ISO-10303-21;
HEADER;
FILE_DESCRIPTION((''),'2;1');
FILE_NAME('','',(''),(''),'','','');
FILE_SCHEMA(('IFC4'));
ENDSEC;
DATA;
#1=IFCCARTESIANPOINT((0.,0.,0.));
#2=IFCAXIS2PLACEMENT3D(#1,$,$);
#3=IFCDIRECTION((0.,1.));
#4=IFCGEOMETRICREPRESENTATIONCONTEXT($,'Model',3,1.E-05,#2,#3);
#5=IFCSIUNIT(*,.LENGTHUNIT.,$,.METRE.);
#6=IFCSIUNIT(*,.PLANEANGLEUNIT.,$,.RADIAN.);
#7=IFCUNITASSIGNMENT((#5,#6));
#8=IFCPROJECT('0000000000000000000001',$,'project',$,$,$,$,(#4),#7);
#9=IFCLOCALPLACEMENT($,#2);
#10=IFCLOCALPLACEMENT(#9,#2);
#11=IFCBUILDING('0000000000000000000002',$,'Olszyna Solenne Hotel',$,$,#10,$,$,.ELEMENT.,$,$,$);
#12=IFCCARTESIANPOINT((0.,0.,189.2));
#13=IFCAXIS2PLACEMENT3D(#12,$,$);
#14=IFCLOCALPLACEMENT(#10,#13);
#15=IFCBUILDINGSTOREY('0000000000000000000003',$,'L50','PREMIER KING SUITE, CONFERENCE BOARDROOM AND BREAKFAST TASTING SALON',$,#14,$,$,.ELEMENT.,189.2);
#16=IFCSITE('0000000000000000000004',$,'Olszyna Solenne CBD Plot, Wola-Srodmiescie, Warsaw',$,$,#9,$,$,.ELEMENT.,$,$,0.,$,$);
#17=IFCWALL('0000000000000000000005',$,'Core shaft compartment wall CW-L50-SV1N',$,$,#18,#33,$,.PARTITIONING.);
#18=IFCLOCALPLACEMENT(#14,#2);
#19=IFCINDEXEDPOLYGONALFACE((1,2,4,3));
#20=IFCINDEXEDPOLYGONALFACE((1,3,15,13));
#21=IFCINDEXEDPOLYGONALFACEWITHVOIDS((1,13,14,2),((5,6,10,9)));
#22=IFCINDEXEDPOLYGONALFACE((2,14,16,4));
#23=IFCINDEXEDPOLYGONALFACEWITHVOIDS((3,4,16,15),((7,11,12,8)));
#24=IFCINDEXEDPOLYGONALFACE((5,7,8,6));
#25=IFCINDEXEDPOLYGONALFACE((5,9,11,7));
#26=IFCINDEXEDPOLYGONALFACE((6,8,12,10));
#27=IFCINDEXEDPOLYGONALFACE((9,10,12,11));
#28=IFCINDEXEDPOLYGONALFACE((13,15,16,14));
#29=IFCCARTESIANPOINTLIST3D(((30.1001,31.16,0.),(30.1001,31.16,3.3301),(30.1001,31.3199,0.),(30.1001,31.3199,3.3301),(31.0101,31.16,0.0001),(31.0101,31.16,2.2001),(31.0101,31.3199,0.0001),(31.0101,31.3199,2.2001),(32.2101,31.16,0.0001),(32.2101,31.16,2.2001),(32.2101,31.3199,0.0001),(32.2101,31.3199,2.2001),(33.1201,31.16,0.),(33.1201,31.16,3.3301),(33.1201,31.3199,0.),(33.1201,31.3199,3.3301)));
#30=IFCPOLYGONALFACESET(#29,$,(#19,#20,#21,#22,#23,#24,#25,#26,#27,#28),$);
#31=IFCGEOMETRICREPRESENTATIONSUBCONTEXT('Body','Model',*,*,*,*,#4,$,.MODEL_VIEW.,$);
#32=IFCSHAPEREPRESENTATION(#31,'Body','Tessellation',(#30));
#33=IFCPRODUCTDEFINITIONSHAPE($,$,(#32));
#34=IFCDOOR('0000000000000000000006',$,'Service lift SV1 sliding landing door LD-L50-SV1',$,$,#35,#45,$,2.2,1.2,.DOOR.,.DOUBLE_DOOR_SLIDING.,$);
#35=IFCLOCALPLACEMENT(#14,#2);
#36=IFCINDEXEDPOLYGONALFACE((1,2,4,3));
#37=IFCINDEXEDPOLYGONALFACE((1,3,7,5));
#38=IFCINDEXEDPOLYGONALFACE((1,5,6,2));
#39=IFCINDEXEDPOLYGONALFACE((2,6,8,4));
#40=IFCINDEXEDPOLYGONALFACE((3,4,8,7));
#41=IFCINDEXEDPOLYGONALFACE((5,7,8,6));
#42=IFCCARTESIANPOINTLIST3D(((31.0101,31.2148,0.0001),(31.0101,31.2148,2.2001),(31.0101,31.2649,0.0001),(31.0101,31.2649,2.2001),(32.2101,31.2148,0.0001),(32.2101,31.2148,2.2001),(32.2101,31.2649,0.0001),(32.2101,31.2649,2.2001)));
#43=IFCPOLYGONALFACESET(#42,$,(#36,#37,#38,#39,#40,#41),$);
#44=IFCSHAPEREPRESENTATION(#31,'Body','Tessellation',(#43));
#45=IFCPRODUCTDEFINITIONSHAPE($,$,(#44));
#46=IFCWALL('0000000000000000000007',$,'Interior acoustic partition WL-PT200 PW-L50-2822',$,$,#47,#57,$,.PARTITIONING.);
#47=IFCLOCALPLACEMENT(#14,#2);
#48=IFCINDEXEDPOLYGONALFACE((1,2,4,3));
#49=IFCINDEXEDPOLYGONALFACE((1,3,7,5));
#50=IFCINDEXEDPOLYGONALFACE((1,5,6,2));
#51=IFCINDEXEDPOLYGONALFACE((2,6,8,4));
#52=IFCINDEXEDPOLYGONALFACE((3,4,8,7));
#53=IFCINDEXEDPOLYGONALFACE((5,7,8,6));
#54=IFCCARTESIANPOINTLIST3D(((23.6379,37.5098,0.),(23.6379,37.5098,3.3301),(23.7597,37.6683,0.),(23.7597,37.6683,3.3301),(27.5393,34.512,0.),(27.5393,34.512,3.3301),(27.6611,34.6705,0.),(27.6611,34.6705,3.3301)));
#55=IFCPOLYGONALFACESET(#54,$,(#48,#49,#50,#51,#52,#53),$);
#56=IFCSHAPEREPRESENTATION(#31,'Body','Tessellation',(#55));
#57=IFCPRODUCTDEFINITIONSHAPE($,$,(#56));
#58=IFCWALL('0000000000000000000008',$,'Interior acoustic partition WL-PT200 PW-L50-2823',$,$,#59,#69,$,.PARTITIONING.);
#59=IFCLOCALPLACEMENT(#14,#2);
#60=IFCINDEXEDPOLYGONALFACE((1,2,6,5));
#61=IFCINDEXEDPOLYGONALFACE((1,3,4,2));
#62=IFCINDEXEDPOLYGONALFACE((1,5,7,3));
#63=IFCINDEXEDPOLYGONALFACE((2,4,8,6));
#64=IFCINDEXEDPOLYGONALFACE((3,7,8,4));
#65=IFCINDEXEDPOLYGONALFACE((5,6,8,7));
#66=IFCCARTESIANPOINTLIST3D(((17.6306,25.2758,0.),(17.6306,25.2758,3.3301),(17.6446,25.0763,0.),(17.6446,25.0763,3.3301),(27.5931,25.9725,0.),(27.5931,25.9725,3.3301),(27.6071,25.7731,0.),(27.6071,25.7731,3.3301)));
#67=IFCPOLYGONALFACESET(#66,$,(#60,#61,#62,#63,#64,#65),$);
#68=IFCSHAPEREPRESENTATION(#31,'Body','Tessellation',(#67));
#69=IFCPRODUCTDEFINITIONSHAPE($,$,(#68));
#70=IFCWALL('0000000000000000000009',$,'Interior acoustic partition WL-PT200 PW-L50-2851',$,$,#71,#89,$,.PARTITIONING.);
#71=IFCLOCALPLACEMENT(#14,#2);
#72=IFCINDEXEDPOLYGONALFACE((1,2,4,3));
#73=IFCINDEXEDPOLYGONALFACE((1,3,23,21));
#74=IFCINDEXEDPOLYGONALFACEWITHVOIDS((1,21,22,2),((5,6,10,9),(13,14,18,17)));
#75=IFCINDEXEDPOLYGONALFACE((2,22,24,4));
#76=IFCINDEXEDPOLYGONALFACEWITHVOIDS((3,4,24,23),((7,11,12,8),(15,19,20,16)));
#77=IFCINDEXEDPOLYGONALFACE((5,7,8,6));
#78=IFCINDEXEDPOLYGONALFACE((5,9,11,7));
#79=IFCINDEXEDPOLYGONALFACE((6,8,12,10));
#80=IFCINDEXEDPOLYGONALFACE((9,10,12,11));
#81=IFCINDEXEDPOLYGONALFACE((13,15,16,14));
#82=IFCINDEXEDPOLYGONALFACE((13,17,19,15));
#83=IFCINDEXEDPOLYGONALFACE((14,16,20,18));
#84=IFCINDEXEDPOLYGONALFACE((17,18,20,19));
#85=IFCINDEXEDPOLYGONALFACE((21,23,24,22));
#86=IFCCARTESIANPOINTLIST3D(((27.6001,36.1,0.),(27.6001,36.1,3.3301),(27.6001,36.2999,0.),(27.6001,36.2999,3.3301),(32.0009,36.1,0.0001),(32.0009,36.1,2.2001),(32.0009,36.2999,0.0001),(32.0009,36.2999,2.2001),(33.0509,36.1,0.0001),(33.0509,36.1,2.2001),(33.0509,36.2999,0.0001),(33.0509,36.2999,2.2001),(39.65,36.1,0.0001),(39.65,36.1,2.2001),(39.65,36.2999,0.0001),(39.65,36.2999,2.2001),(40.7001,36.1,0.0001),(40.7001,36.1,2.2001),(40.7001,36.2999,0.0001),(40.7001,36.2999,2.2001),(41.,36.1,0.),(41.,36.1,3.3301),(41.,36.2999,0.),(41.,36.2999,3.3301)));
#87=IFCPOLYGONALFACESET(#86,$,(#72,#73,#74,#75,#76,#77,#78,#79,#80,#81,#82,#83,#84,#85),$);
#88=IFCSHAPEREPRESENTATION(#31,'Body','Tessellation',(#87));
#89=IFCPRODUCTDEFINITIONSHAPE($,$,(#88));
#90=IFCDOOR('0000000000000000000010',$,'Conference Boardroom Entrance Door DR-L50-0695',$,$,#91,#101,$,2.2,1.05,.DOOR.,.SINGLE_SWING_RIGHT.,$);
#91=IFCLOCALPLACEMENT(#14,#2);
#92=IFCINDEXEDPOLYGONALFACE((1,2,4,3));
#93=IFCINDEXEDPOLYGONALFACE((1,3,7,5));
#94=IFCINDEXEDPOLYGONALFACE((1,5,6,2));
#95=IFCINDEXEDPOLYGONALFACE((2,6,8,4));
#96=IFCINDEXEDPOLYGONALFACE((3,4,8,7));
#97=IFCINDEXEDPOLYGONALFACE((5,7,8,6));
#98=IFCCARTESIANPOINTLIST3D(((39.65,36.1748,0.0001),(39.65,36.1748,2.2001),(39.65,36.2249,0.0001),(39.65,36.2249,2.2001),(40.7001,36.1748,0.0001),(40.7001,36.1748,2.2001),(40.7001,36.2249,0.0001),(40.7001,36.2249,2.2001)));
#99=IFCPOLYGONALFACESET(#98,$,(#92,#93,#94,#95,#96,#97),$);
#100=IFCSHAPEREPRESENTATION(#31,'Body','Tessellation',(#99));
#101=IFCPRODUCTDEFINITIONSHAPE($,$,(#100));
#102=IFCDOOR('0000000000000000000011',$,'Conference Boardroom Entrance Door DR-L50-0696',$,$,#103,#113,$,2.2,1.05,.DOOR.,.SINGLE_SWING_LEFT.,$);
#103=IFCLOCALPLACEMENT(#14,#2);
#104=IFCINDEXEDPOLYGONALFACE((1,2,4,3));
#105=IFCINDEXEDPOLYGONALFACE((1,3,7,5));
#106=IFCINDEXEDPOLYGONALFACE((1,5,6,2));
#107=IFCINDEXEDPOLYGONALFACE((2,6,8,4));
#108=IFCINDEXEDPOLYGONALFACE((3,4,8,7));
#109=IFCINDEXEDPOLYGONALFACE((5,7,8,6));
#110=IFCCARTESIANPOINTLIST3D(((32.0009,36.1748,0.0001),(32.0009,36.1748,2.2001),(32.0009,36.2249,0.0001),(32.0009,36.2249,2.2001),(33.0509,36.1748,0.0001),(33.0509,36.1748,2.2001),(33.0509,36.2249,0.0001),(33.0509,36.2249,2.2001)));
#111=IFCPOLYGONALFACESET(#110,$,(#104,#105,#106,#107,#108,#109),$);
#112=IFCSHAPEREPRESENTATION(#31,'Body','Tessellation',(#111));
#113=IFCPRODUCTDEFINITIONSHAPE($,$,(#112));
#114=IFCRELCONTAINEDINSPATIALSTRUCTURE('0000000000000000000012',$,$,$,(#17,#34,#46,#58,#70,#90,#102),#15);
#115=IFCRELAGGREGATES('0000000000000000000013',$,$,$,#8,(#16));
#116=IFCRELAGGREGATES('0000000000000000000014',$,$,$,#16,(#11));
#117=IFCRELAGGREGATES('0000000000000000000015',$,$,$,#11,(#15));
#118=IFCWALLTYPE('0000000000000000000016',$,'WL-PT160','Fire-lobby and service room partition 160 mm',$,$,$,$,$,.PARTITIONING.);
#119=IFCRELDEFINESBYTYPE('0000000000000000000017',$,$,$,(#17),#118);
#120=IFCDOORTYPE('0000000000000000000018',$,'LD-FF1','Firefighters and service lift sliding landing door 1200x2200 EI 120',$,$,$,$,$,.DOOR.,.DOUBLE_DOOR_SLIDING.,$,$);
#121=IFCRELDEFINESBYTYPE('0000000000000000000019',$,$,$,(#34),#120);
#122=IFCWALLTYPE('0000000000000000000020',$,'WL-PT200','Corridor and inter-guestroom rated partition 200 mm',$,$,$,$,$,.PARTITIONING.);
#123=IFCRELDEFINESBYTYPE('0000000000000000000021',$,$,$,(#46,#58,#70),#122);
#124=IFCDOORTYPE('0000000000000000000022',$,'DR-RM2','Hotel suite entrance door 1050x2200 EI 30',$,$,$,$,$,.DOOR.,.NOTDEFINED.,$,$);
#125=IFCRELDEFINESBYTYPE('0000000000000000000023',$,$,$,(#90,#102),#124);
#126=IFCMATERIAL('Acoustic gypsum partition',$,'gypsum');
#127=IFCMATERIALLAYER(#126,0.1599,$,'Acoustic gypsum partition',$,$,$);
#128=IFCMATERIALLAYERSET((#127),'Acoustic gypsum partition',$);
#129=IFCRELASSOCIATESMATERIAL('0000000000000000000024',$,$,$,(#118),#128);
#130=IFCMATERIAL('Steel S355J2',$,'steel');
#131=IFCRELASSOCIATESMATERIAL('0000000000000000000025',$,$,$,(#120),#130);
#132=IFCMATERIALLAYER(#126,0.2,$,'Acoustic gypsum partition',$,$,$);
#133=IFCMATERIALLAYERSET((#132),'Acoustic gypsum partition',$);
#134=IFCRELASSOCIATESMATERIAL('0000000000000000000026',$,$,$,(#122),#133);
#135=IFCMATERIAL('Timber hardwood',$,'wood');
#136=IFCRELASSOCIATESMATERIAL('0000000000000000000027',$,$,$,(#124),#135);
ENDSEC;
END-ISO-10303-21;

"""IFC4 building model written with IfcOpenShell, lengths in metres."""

from ifc_helpers import new_model, si_unit, direction, frame, frame_2d, origin, place, context, subcontext, project, spatial, rectangle, extrude, source, transform, mapped, material, layer, layer_set, type_object, type_shapes, element, fill, save


model = new_model("IFC4")

# Units and contexts
model_context = context("Model", 3, precision=1e-05, world=origin(), true_north=direction((0.0, 1.0)))
body_context = subcontext(model_context, "Body", "Model", "MODEL_VIEW")
ifc_project = project(units=[si_unit("LENGTHUNIT", "METRE"), si_unit("PLANEANGLEUNIT", "RADIAN")], contexts=[model_context])

# Site, building, storey
site_placement = place(None, origin())
site = spatial("IfcSite", under=ifc_project, at=site_placement, Name="Olszyna Solenne CBD Plot, Wola-Srodmiescie, Warsaw", CompositionType="ELEMENT", RefElevation=0.0)
building_placement = place(site_placement, origin())
building = spatial("IfcBuilding", under=site, at=building_placement, Name="Olszyna Solenne Hotel", CompositionType="ELEMENT")
storey_placement = place(building_placement, frame((0.0, 0.0, 189.2)))
storey = spatial("IfcBuildingStorey", under=building, at=storey_placement, Name="L50", Description="PREMIER KING SUITE, CONFERENCE BOARDROOM AND BREAKFAST TASTING SALON", CompositionType="ELEMENT", Elevation=189.2)

# Shared definitions
ifc_material_1 = material(Name="Steel S355J2", Category="steel")

# Shared definitions
ifc_material_2 = material(Name="Acoustic gypsum partition", Category="gypsum")
ifc_layer_1 = layer(ifc_material_2, 0.1599, Name="Acoustic gypsum partition")
ifc_layer_set_1 = layer_set([ifc_layer_1], Name="Acoustic gypsum partition")
wall_type_1 = type_object("IfcWallType", Name="WL-PT160", Description="Fire-lobby and service room partition 160 mm", PredefinedType="PARTITIONING", material=ifc_layer_set_1)

# Wall, opening, door
wall_1_placement = place(storey_placement, frame((30.1001, 31.24, 0.0), z_axis=(0.0, 0.0, 1.0), x_axis=(1.0, 0.0, 0.0)))
wall_1 = element("IfcWall", 1, at=wall_1_placement, inside=storey, type_object=wall_type_1, Name="Core shaft compartment wall CW-L50-SV1N", PredefinedType="PARTITIONING", context=body_context, shape_type="SweptSolid", body=[
    extrude(rectangle(XDim=3.02, YDim=0.1599, at=frame_2d((1.51, 0.0))), origin(), (0.0, 0.0, 1.0), 3.3301),
])
opening_1_placement = place(wall_1_placement, frame((0.9099, 0.0, 0.0)))
opening_1 = element("IfcOpeningElement", 2, at=opening_1_placement, cuts=wall_1, PredefinedType="OPENING", context=body_context, shape_type="SweptSolid", body=[
    extrude(rectangle(XDim=1.2, YDim=2.2, at=frame_2d((0.6001, 1.1001))), frame((0.0, 0.0898, 0.0), z_axis=(0.0, -1.0, 0.0), x_axis=(1.0, 0.0, 0.0)), (0.0, 0.0, 1.0), 0.1799),
])
door_type_1 = type_object("IfcDoorType", Name="LD-FF1", Description="Firefighters and service lift sliding landing door 1200x2200 EI 120", OperationType="DOUBLE_DOOR_SLIDING", PredefinedType="DOOR", material=ifc_material_1)
shared_shape_1 = source(origin(), body_context, "Body", "SweptSolid", [
    extrude(rectangle(XDim=1.2, YDim=2.2, at=frame_2d((0.6001, 1.1001))), frame((0.0, 0.0249, 0.0), z_axis=(0.0, -1.0, 0.0), x_axis=(1.0, 0.0, 0.0)), (0.0, 0.0, 1.0), 0.05),
])
type_shapes(door_type_1, [shared_shape_1])
door_1_placement = place(opening_1_placement, origin())
door_1 = element("IfcDoor", 3, at=door_1_placement, inside=storey, type_object=door_type_1, Name="Service lift SV1 sliding landing door LD-L50-SV1", OperationType="DOUBLE_DOOR_SLIDING", OverallHeight=2.2, OverallWidth=1.2, PredefinedType="DOOR", context=body_context, shape_type="MappedRepresentation", body=[
    mapped(shared_shape_1, transform((0.0, 0.0, 0.0), x_axis=(1.0, 0.0, 0.0), y_axis=(0.0, 1.0, 0.0), z_axis=(0.0, 0.0, 1.0), scale=1.0)),
])
fill(opening_1, door_1)

# Walls
ifc_layer_2 = layer(ifc_material_2, 0.2, Name="Acoustic gypsum partition")
ifc_layer_set_2 = layer_set([ifc_layer_2], Name="Acoustic gypsum partition")
wall_type_2 = type_object("IfcWallType", Name="WL-PT200", Description="Corridor and inter-guestroom rated partition 200 mm", PredefinedType="PARTITIONING", material=ifc_layer_set_2)
wall_2_placement = place(storey_placement, frame((27.6001, 34.5913, 0.0), z_axis=(0.0, 0.0, 1.0), x_axis=(-0.792943, 0.609296, 0.0)))
element("IfcWall", 4, at=wall_2_placement, inside=storey, type_object=wall_type_2, Name="Interior acoustic partition WL-PT200 PW-L50-2822", PredefinedType="PARTITIONING", context=body_context, shape_type="SweptSolid", body=[
    extrude(rectangle(XDim=4.9202, YDim=0.2, at=frame_2d((2.46, 0.0))), origin(), (0.0, 0.0, 1.0), 3.3301),
])
wall_3_placement = place(storey_placement, frame((27.6001, 25.8728, 0.0), z_axis=(0.0, 0.0, 1.0), x_axis=(-0.997563, -0.06977, 0.0)))
element("IfcWall", 5, at=wall_3_placement, inside=storey, type_object=wall_type_2, Name="Interior acoustic partition WL-PT200 PW-L50-2823", PredefinedType="PARTITIONING", context=body_context, shape_type="SweptSolid", body=[
    extrude(rectangle(XDim=9.9868, YDim=0.2, at=frame_2d((4.9934, 0.0))), origin(), (0.0, 0.0, 1.0), 3.3301),
])

# Wall, openings, doors
wall_4_placement = place(storey_placement, frame((27.6001, 36.2, 0.0), z_axis=(0.0, 0.0, 1.0), x_axis=(1.0, 0.0, 0.0)))
wall_4 = element("IfcWall", 6, at=wall_4_placement, inside=storey, type_object=wall_type_2, Name="Interior acoustic partition WL-PT200 PW-L50-2851", PredefinedType="PARTITIONING", context=body_context, shape_type="SweptSolid", body=[
    extrude(rectangle(XDim=13.3999, YDim=0.2, at=frame_2d((6.7, 0.0))), origin(), (0.0, 0.0, 1.0), 3.3301),
])
opening_2_placement = place(wall_4_placement, frame((12.05, 0.0, 0.0)))
opening_2 = element("IfcOpeningElement", 7, at=opening_2_placement, cuts=wall_4, PredefinedType="OPENING", context=body_context, shape_type="SweptSolid", body=[
    extrude(rectangle(XDim=1.05, YDim=2.2, at=frame_2d((0.5249, 1.1001))), frame((0.0, 0.1099, 0.0), z_axis=(0.0, -1.0, 0.0), x_axis=(1.0, 0.0, 0.0)), (0.0, 0.0, 1.0), 0.22),
])
opening_3_placement = place(wall_4_placement, frame((4.4009, 0.0, 0.0)))
opening_3 = element("IfcOpeningElement", 8, at=opening_3_placement, cuts=wall_4, PredefinedType="OPENING", context=body_context, shape_type="SweptSolid", body=[
    extrude(rectangle(XDim=1.05, YDim=2.2, at=frame_2d((0.5249, 1.1001))), frame((0.0, 0.1099, 0.0), z_axis=(0.0, -1.0, 0.0), x_axis=(1.0, 0.0, 0.0)), (0.0, 0.0, 1.0), 0.22),
])
ifc_material_3 = material(Name="Timber hardwood", Category="wood")
door_type_2 = type_object("IfcDoorType", Name="DR-RM2", Description="Hotel suite entrance door 1050x2200 EI 30", OperationType="NOTDEFINED", PredefinedType="DOOR", material=ifc_material_3)
shared_shape_2 = source(origin(), body_context, "Body", "SweptSolid", [
    extrude(rectangle(XDim=1.05, YDim=2.2, at=frame_2d((0.5249, 1.1001))), frame((0.0, 0.0249, 0.0), z_axis=(0.0, -1.0, 0.0), x_axis=(1.0, 0.0, 0.0)), (0.0, 0.0, 1.0), 0.05),
])
type_shapes(door_type_2, [shared_shape_2])
door_2_placement = place(opening_2_placement, origin())
door_2 = element("IfcDoor", 9, at=door_2_placement, inside=storey, type_object=door_type_2, Name="Conference Boardroom Entrance Door DR-L50-0695", OperationType="SINGLE_SWING_RIGHT", OverallHeight=2.2, OverallWidth=1.05, PredefinedType="DOOR", context=body_context, shape_type="MappedRepresentation", body=[
    mapped(shared_shape_2, transform((0.0, 0.0, 0.0), x_axis=(1.0, 0.0, 0.0), y_axis=(0.0, 1.0, 0.0), z_axis=(0.0, 0.0, 1.0), scale=1.0)),
])
fill(opening_2, door_2)
door_3_placement = place(opening_3_placement, origin())
door_3 = element("IfcDoor", 10, at=door_3_placement, inside=storey, type_object=door_type_2, Name="Conference Boardroom Entrance Door DR-L50-0696", OperationType="SINGLE_SWING_LEFT", OverallHeight=2.2, OverallWidth=1.05, PredefinedType="DOOR", context=body_context, shape_type="MappedRepresentation", body=[
    mapped(shared_shape_2, transform((0.0, 0.0, 0.0), x_axis=(1.0, 0.0, 0.0), y_axis=(0.0, 1.0, 0.0), z_axis=(0.0, 0.0, 1.0), scale=1.0)),
])
fill(opening_3, door_3)

save(model, "model.ifc")
